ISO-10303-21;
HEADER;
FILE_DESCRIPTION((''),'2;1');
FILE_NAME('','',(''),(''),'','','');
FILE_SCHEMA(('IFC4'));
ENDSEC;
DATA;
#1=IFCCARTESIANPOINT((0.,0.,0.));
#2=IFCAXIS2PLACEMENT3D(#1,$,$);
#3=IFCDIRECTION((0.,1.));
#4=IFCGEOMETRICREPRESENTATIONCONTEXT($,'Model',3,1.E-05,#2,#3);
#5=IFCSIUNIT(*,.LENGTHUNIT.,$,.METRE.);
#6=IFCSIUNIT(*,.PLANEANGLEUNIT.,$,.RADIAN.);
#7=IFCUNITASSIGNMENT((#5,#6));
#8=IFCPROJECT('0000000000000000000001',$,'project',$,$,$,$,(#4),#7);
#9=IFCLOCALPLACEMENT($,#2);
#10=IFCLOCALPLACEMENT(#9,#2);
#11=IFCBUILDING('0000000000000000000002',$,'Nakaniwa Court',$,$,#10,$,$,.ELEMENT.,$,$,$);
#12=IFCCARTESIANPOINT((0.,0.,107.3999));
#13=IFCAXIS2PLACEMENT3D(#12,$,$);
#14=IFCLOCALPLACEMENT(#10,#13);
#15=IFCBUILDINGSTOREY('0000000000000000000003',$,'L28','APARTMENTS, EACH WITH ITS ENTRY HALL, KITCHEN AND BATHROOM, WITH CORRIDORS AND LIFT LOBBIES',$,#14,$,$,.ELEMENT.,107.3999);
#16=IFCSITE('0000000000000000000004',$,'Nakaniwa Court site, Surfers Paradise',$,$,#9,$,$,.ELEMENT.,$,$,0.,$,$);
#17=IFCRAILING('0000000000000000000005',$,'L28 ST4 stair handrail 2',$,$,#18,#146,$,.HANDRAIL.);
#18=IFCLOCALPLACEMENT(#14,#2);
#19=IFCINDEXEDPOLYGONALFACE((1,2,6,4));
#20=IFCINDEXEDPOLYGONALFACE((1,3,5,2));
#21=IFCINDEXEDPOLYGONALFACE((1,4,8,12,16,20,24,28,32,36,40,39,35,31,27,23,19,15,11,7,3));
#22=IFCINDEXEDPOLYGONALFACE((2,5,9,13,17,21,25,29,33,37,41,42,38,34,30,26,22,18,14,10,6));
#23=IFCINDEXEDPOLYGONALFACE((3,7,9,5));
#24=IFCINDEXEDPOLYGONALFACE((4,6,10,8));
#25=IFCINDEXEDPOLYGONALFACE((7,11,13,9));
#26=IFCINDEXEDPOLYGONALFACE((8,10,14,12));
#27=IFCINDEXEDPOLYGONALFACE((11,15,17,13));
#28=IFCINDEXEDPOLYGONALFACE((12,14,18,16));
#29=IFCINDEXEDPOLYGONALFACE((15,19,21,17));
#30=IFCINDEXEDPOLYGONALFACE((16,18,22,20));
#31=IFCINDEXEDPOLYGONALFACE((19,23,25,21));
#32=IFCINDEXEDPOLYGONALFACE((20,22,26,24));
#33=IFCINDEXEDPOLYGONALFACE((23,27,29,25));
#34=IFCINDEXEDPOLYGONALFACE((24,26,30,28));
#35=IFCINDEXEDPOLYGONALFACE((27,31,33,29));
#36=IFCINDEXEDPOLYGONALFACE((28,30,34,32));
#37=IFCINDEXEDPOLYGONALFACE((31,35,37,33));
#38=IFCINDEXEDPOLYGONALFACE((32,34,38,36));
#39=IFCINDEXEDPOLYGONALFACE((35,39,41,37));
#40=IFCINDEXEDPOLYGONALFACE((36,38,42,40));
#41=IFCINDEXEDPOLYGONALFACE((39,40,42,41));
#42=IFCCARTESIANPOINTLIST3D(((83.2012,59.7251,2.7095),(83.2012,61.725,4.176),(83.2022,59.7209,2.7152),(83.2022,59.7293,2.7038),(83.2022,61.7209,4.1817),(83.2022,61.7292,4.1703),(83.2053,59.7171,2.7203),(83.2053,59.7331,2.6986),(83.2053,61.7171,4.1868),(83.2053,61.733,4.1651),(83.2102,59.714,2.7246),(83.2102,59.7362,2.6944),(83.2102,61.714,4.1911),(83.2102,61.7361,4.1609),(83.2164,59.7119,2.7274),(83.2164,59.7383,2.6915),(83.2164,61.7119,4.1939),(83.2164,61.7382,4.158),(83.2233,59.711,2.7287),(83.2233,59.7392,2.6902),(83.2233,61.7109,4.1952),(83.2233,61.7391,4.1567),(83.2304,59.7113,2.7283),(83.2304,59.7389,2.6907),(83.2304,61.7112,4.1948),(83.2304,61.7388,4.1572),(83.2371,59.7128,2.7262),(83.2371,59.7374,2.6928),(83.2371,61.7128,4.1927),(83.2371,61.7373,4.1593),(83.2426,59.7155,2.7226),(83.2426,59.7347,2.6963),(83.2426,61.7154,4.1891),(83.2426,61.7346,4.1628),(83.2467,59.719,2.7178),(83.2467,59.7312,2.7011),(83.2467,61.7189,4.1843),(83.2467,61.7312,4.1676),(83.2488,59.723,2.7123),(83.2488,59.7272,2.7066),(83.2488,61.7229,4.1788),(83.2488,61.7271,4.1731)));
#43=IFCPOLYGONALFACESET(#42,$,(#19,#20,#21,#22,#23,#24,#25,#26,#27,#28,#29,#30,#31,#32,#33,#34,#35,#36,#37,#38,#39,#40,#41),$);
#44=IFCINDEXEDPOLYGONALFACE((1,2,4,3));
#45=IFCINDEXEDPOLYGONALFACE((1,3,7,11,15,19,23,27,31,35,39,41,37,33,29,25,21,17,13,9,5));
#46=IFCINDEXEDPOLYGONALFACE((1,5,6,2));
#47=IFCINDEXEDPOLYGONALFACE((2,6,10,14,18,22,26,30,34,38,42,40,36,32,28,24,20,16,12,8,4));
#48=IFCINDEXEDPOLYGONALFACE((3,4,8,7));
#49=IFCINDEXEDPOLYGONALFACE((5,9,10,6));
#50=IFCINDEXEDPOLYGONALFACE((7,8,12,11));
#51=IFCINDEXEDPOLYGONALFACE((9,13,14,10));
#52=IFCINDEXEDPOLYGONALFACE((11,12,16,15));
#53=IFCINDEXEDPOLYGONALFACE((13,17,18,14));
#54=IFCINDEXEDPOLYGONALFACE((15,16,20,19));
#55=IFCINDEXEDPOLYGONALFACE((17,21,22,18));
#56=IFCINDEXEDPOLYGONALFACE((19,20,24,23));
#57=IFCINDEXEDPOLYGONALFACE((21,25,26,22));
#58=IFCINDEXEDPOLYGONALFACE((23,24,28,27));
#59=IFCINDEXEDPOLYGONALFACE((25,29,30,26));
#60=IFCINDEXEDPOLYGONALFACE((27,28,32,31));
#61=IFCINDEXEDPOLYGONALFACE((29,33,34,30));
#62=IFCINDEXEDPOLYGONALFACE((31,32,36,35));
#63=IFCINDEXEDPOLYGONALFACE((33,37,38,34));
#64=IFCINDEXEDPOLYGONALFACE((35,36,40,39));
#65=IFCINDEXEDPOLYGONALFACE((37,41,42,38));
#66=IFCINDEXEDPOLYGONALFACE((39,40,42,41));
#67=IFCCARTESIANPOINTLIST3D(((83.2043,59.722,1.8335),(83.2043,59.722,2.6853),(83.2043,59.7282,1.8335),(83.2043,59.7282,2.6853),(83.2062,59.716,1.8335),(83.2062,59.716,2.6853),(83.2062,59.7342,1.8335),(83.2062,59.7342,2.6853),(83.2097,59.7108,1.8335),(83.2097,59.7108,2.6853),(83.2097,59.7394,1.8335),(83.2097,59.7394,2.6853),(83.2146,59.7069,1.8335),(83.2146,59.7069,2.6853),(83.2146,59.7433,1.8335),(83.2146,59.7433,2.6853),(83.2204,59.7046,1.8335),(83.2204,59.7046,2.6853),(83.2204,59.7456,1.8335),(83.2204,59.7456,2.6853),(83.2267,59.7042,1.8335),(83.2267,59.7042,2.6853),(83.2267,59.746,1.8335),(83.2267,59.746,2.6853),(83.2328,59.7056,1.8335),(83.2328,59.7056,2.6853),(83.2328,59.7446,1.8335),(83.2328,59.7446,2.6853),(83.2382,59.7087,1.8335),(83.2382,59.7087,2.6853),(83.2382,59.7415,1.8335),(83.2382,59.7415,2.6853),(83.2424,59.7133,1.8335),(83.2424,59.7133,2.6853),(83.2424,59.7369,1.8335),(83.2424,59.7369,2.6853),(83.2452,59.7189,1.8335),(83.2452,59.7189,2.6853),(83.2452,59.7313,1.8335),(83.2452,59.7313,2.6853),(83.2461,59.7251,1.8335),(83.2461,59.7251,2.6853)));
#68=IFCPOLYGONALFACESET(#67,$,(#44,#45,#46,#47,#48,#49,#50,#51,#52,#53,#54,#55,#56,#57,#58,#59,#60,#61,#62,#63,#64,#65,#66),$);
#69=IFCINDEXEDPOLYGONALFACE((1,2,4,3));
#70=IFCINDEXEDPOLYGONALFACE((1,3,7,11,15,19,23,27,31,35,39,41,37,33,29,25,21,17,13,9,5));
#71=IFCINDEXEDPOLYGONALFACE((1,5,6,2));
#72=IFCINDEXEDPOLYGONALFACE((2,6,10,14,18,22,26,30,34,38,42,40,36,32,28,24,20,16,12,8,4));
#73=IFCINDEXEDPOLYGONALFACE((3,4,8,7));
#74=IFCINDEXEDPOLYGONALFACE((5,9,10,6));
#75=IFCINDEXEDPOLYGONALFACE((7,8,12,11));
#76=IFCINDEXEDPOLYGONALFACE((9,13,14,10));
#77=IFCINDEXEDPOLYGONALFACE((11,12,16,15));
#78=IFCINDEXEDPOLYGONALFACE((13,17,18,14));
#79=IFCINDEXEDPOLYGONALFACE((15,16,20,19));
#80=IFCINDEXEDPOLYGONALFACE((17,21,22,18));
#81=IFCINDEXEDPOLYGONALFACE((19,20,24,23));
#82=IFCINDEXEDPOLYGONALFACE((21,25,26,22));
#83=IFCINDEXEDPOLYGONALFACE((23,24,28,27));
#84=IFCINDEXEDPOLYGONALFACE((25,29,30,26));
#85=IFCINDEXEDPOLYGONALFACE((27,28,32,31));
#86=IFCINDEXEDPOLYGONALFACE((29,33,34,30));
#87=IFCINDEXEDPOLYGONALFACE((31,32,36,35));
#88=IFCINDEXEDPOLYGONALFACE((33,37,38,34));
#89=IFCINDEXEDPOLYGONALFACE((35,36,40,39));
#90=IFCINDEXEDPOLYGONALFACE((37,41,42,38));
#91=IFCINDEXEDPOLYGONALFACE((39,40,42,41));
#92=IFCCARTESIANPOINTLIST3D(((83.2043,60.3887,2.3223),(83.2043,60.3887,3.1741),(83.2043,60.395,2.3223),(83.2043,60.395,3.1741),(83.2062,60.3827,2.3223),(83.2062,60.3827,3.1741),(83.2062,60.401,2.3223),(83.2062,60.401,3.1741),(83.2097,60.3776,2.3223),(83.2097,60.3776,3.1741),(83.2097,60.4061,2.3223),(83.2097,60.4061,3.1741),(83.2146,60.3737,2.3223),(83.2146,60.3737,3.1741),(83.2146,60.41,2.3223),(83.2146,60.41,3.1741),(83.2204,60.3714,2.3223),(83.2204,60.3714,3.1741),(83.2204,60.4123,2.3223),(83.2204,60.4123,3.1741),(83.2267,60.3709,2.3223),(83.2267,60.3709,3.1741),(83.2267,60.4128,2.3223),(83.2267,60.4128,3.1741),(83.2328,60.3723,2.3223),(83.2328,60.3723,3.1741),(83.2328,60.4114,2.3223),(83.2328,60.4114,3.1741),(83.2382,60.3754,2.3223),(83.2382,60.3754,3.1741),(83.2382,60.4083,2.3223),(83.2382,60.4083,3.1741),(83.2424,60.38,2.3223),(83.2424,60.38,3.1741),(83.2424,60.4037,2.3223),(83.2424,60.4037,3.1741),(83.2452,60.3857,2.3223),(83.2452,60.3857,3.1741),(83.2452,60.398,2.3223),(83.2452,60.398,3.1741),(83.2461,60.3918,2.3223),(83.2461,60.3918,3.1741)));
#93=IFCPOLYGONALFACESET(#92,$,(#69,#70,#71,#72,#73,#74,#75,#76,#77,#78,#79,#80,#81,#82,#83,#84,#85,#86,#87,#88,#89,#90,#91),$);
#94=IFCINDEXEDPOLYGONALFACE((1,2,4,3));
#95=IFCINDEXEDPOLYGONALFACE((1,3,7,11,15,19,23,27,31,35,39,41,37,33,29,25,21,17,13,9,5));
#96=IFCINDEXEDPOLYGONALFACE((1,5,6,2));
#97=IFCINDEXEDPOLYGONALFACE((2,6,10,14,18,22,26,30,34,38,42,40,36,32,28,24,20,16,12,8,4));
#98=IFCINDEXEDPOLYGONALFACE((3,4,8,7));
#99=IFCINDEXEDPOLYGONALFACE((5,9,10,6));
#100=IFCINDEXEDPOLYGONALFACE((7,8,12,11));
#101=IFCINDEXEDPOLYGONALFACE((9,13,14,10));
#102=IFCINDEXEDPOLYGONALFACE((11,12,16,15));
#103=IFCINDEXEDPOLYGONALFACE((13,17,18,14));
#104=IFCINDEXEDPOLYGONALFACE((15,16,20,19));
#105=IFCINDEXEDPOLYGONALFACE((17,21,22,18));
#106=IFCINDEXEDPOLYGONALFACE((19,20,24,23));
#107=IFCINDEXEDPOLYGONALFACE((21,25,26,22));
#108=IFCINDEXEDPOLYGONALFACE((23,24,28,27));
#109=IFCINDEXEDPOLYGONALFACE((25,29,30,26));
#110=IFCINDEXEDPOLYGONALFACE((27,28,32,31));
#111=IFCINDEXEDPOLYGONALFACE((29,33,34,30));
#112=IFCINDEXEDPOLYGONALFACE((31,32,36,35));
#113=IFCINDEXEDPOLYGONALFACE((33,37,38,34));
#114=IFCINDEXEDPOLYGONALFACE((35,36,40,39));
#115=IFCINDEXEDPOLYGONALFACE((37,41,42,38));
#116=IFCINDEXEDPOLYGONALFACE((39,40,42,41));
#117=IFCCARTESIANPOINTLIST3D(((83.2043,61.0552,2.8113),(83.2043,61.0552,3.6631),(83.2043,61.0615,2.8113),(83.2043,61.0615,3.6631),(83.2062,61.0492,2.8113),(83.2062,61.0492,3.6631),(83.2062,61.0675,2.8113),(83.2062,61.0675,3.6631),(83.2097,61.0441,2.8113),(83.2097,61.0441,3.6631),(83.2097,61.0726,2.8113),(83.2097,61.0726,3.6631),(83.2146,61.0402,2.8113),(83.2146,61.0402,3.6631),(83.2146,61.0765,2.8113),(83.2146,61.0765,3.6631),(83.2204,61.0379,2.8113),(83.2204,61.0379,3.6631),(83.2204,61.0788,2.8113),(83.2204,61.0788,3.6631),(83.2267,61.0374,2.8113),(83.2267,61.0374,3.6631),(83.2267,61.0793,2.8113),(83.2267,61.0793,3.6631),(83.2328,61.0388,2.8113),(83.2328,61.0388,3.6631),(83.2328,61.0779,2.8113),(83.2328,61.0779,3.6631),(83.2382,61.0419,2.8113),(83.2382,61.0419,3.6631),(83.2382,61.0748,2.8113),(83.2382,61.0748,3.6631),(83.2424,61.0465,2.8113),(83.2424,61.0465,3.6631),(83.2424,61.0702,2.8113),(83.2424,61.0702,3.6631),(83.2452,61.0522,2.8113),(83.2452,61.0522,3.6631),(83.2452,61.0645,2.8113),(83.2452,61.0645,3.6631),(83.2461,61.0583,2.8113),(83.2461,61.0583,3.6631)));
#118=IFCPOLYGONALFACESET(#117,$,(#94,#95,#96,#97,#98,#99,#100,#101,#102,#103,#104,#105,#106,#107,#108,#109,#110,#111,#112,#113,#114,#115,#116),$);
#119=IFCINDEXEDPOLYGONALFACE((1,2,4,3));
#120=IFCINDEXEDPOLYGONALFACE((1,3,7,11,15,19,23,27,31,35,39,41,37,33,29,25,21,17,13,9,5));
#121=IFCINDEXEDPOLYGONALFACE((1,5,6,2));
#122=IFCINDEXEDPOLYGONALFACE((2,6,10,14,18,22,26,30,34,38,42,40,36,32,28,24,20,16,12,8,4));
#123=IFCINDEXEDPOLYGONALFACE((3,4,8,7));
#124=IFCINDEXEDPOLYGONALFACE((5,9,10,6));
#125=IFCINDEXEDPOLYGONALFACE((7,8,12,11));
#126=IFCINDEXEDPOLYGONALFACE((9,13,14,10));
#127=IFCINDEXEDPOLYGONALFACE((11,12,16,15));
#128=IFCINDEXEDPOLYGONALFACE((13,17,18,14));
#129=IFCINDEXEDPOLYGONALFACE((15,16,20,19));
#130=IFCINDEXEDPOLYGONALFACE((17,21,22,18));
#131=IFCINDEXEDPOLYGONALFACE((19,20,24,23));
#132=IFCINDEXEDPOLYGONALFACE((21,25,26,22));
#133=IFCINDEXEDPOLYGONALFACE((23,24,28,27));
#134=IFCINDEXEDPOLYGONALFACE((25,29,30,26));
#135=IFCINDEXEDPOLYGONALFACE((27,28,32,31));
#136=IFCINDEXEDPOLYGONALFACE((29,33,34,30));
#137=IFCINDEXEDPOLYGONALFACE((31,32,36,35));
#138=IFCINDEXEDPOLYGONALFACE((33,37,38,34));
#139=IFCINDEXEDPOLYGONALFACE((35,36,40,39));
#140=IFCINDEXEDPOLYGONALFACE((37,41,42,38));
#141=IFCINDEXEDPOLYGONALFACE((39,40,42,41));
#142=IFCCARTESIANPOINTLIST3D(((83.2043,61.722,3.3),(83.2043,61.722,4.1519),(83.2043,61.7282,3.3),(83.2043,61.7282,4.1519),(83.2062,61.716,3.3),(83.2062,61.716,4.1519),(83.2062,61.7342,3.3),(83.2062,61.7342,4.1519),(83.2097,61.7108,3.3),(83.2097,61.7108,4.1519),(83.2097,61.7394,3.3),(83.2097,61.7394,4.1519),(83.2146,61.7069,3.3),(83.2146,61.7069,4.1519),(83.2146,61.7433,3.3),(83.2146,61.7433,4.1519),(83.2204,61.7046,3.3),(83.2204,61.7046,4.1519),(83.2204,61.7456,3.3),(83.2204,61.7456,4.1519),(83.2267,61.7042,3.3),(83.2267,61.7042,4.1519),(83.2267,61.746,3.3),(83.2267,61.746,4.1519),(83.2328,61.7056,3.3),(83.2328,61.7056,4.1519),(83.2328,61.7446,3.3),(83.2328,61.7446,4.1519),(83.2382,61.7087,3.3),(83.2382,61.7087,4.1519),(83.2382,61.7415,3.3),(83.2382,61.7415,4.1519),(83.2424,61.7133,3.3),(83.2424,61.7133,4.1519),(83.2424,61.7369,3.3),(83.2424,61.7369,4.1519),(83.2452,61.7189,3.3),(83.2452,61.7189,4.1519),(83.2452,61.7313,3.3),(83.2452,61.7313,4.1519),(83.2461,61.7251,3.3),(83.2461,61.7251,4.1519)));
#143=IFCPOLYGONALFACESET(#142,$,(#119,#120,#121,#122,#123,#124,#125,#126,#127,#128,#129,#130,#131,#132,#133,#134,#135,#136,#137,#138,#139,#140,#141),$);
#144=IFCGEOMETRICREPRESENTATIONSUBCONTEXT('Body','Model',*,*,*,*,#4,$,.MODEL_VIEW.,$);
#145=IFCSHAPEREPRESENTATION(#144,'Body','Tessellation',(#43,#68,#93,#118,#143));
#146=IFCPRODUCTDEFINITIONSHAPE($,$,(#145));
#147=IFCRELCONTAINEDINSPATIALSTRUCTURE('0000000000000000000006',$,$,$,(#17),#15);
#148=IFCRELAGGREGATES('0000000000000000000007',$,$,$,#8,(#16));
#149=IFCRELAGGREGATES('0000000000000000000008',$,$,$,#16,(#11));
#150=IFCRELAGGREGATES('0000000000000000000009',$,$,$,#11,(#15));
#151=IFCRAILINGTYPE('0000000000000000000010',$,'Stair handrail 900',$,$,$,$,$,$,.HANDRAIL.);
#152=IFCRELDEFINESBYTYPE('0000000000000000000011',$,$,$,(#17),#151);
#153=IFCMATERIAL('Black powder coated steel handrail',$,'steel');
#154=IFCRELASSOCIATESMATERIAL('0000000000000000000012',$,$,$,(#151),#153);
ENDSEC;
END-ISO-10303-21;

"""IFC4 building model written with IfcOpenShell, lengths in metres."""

from ifc_helpers import new_model, si_unit, direction, frame, origin, origin_2d, place, context, subcontext, project, spatial, circle, extrude, material, type_object, element, save


model = new_model("IFC4")

# Units and contexts
model_context = context("Model", 3, precision=1e-05, world=origin(), true_north=direction((0.0, 1.0)))
body_context = subcontext(model_context, "Body", "Model", "MODEL_VIEW")
ifc_project = project(units=[si_unit("LENGTHUNIT", "METRE"), si_unit("PLANEANGLEUNIT", "RADIAN")], contexts=[model_context])

# Site, building, storey
site_placement = place(None, origin())
site = spatial("IfcSite", under=ifc_project, at=site_placement, Name="Nakaniwa Court site, Surfers Paradise", CompositionType="ELEMENT", RefElevation=0.0)
building_placement = place(site_placement, origin())
building = spatial("IfcBuilding", under=site, at=building_placement, Name="Nakaniwa Court", CompositionType="ELEMENT")
storey_placement = place(building_placement, frame((0.0, 0.0, 107.3999)))
storey = spatial("IfcBuildingStorey", under=building, at=storey_placement, Name="L28", Description="APARTMENTS, EACH WITH ITS ENTRY HALL, KITCHEN AND BATHROOM, WITH CORRIDORS AND LIFT LOBBIES", CompositionType="ELEMENT", Elevation=107.3999)

# Railing
ifc_material_1 = material(Name="Black powder coated steel handrail", Category="steel")
railing_type_1 = type_object("IfcRailingType", Name="Stair handrail 900", PredefinedType="HANDRAIL", material=ifc_material_1)
railing_1_placement = place(storey_placement, frame((83.2251, 59.7251, 1.8335)))
element("IfcRailing", 1, at=railing_1_placement, inside=storey, type_object=railing_type_1, Name="L28 ST4 stair handrail 2", PredefinedType="HANDRAIL", context=body_context, shape_type="SweptSolid", body=[
    extrude(circle(Radius=0.0239, at=origin_2d()), frame((0.0, 0.0, 0.876), z_axis=(0.0, 0.806427, 0.591334), x_axis=(-1.0, 0.0, 0.0)), (0.0, 0.0, 1.0), 2.48),
    extrude(circle(Radius=0.021, at=origin_2d()), origin(), (0.0, 0.0, 1.0), 0.8518),
    extrude(circle(Radius=0.021, at=origin_2d()), frame((0.0, 0.6667, 0.4888)), (0.0, 0.0, 1.0), 0.8518),
    extrude(circle(Radius=0.021, at=origin_2d()), frame((0.0, 1.3333, 0.9778)), (0.0, 0.0, 1.0), 0.8518),
    extrude(circle(Radius=0.021, at=origin_2d()), frame((0.0, 2.0, 1.4666)), (0.0, 0.0, 1.0), 0.8518),
])

save(model, "model.ifc")
